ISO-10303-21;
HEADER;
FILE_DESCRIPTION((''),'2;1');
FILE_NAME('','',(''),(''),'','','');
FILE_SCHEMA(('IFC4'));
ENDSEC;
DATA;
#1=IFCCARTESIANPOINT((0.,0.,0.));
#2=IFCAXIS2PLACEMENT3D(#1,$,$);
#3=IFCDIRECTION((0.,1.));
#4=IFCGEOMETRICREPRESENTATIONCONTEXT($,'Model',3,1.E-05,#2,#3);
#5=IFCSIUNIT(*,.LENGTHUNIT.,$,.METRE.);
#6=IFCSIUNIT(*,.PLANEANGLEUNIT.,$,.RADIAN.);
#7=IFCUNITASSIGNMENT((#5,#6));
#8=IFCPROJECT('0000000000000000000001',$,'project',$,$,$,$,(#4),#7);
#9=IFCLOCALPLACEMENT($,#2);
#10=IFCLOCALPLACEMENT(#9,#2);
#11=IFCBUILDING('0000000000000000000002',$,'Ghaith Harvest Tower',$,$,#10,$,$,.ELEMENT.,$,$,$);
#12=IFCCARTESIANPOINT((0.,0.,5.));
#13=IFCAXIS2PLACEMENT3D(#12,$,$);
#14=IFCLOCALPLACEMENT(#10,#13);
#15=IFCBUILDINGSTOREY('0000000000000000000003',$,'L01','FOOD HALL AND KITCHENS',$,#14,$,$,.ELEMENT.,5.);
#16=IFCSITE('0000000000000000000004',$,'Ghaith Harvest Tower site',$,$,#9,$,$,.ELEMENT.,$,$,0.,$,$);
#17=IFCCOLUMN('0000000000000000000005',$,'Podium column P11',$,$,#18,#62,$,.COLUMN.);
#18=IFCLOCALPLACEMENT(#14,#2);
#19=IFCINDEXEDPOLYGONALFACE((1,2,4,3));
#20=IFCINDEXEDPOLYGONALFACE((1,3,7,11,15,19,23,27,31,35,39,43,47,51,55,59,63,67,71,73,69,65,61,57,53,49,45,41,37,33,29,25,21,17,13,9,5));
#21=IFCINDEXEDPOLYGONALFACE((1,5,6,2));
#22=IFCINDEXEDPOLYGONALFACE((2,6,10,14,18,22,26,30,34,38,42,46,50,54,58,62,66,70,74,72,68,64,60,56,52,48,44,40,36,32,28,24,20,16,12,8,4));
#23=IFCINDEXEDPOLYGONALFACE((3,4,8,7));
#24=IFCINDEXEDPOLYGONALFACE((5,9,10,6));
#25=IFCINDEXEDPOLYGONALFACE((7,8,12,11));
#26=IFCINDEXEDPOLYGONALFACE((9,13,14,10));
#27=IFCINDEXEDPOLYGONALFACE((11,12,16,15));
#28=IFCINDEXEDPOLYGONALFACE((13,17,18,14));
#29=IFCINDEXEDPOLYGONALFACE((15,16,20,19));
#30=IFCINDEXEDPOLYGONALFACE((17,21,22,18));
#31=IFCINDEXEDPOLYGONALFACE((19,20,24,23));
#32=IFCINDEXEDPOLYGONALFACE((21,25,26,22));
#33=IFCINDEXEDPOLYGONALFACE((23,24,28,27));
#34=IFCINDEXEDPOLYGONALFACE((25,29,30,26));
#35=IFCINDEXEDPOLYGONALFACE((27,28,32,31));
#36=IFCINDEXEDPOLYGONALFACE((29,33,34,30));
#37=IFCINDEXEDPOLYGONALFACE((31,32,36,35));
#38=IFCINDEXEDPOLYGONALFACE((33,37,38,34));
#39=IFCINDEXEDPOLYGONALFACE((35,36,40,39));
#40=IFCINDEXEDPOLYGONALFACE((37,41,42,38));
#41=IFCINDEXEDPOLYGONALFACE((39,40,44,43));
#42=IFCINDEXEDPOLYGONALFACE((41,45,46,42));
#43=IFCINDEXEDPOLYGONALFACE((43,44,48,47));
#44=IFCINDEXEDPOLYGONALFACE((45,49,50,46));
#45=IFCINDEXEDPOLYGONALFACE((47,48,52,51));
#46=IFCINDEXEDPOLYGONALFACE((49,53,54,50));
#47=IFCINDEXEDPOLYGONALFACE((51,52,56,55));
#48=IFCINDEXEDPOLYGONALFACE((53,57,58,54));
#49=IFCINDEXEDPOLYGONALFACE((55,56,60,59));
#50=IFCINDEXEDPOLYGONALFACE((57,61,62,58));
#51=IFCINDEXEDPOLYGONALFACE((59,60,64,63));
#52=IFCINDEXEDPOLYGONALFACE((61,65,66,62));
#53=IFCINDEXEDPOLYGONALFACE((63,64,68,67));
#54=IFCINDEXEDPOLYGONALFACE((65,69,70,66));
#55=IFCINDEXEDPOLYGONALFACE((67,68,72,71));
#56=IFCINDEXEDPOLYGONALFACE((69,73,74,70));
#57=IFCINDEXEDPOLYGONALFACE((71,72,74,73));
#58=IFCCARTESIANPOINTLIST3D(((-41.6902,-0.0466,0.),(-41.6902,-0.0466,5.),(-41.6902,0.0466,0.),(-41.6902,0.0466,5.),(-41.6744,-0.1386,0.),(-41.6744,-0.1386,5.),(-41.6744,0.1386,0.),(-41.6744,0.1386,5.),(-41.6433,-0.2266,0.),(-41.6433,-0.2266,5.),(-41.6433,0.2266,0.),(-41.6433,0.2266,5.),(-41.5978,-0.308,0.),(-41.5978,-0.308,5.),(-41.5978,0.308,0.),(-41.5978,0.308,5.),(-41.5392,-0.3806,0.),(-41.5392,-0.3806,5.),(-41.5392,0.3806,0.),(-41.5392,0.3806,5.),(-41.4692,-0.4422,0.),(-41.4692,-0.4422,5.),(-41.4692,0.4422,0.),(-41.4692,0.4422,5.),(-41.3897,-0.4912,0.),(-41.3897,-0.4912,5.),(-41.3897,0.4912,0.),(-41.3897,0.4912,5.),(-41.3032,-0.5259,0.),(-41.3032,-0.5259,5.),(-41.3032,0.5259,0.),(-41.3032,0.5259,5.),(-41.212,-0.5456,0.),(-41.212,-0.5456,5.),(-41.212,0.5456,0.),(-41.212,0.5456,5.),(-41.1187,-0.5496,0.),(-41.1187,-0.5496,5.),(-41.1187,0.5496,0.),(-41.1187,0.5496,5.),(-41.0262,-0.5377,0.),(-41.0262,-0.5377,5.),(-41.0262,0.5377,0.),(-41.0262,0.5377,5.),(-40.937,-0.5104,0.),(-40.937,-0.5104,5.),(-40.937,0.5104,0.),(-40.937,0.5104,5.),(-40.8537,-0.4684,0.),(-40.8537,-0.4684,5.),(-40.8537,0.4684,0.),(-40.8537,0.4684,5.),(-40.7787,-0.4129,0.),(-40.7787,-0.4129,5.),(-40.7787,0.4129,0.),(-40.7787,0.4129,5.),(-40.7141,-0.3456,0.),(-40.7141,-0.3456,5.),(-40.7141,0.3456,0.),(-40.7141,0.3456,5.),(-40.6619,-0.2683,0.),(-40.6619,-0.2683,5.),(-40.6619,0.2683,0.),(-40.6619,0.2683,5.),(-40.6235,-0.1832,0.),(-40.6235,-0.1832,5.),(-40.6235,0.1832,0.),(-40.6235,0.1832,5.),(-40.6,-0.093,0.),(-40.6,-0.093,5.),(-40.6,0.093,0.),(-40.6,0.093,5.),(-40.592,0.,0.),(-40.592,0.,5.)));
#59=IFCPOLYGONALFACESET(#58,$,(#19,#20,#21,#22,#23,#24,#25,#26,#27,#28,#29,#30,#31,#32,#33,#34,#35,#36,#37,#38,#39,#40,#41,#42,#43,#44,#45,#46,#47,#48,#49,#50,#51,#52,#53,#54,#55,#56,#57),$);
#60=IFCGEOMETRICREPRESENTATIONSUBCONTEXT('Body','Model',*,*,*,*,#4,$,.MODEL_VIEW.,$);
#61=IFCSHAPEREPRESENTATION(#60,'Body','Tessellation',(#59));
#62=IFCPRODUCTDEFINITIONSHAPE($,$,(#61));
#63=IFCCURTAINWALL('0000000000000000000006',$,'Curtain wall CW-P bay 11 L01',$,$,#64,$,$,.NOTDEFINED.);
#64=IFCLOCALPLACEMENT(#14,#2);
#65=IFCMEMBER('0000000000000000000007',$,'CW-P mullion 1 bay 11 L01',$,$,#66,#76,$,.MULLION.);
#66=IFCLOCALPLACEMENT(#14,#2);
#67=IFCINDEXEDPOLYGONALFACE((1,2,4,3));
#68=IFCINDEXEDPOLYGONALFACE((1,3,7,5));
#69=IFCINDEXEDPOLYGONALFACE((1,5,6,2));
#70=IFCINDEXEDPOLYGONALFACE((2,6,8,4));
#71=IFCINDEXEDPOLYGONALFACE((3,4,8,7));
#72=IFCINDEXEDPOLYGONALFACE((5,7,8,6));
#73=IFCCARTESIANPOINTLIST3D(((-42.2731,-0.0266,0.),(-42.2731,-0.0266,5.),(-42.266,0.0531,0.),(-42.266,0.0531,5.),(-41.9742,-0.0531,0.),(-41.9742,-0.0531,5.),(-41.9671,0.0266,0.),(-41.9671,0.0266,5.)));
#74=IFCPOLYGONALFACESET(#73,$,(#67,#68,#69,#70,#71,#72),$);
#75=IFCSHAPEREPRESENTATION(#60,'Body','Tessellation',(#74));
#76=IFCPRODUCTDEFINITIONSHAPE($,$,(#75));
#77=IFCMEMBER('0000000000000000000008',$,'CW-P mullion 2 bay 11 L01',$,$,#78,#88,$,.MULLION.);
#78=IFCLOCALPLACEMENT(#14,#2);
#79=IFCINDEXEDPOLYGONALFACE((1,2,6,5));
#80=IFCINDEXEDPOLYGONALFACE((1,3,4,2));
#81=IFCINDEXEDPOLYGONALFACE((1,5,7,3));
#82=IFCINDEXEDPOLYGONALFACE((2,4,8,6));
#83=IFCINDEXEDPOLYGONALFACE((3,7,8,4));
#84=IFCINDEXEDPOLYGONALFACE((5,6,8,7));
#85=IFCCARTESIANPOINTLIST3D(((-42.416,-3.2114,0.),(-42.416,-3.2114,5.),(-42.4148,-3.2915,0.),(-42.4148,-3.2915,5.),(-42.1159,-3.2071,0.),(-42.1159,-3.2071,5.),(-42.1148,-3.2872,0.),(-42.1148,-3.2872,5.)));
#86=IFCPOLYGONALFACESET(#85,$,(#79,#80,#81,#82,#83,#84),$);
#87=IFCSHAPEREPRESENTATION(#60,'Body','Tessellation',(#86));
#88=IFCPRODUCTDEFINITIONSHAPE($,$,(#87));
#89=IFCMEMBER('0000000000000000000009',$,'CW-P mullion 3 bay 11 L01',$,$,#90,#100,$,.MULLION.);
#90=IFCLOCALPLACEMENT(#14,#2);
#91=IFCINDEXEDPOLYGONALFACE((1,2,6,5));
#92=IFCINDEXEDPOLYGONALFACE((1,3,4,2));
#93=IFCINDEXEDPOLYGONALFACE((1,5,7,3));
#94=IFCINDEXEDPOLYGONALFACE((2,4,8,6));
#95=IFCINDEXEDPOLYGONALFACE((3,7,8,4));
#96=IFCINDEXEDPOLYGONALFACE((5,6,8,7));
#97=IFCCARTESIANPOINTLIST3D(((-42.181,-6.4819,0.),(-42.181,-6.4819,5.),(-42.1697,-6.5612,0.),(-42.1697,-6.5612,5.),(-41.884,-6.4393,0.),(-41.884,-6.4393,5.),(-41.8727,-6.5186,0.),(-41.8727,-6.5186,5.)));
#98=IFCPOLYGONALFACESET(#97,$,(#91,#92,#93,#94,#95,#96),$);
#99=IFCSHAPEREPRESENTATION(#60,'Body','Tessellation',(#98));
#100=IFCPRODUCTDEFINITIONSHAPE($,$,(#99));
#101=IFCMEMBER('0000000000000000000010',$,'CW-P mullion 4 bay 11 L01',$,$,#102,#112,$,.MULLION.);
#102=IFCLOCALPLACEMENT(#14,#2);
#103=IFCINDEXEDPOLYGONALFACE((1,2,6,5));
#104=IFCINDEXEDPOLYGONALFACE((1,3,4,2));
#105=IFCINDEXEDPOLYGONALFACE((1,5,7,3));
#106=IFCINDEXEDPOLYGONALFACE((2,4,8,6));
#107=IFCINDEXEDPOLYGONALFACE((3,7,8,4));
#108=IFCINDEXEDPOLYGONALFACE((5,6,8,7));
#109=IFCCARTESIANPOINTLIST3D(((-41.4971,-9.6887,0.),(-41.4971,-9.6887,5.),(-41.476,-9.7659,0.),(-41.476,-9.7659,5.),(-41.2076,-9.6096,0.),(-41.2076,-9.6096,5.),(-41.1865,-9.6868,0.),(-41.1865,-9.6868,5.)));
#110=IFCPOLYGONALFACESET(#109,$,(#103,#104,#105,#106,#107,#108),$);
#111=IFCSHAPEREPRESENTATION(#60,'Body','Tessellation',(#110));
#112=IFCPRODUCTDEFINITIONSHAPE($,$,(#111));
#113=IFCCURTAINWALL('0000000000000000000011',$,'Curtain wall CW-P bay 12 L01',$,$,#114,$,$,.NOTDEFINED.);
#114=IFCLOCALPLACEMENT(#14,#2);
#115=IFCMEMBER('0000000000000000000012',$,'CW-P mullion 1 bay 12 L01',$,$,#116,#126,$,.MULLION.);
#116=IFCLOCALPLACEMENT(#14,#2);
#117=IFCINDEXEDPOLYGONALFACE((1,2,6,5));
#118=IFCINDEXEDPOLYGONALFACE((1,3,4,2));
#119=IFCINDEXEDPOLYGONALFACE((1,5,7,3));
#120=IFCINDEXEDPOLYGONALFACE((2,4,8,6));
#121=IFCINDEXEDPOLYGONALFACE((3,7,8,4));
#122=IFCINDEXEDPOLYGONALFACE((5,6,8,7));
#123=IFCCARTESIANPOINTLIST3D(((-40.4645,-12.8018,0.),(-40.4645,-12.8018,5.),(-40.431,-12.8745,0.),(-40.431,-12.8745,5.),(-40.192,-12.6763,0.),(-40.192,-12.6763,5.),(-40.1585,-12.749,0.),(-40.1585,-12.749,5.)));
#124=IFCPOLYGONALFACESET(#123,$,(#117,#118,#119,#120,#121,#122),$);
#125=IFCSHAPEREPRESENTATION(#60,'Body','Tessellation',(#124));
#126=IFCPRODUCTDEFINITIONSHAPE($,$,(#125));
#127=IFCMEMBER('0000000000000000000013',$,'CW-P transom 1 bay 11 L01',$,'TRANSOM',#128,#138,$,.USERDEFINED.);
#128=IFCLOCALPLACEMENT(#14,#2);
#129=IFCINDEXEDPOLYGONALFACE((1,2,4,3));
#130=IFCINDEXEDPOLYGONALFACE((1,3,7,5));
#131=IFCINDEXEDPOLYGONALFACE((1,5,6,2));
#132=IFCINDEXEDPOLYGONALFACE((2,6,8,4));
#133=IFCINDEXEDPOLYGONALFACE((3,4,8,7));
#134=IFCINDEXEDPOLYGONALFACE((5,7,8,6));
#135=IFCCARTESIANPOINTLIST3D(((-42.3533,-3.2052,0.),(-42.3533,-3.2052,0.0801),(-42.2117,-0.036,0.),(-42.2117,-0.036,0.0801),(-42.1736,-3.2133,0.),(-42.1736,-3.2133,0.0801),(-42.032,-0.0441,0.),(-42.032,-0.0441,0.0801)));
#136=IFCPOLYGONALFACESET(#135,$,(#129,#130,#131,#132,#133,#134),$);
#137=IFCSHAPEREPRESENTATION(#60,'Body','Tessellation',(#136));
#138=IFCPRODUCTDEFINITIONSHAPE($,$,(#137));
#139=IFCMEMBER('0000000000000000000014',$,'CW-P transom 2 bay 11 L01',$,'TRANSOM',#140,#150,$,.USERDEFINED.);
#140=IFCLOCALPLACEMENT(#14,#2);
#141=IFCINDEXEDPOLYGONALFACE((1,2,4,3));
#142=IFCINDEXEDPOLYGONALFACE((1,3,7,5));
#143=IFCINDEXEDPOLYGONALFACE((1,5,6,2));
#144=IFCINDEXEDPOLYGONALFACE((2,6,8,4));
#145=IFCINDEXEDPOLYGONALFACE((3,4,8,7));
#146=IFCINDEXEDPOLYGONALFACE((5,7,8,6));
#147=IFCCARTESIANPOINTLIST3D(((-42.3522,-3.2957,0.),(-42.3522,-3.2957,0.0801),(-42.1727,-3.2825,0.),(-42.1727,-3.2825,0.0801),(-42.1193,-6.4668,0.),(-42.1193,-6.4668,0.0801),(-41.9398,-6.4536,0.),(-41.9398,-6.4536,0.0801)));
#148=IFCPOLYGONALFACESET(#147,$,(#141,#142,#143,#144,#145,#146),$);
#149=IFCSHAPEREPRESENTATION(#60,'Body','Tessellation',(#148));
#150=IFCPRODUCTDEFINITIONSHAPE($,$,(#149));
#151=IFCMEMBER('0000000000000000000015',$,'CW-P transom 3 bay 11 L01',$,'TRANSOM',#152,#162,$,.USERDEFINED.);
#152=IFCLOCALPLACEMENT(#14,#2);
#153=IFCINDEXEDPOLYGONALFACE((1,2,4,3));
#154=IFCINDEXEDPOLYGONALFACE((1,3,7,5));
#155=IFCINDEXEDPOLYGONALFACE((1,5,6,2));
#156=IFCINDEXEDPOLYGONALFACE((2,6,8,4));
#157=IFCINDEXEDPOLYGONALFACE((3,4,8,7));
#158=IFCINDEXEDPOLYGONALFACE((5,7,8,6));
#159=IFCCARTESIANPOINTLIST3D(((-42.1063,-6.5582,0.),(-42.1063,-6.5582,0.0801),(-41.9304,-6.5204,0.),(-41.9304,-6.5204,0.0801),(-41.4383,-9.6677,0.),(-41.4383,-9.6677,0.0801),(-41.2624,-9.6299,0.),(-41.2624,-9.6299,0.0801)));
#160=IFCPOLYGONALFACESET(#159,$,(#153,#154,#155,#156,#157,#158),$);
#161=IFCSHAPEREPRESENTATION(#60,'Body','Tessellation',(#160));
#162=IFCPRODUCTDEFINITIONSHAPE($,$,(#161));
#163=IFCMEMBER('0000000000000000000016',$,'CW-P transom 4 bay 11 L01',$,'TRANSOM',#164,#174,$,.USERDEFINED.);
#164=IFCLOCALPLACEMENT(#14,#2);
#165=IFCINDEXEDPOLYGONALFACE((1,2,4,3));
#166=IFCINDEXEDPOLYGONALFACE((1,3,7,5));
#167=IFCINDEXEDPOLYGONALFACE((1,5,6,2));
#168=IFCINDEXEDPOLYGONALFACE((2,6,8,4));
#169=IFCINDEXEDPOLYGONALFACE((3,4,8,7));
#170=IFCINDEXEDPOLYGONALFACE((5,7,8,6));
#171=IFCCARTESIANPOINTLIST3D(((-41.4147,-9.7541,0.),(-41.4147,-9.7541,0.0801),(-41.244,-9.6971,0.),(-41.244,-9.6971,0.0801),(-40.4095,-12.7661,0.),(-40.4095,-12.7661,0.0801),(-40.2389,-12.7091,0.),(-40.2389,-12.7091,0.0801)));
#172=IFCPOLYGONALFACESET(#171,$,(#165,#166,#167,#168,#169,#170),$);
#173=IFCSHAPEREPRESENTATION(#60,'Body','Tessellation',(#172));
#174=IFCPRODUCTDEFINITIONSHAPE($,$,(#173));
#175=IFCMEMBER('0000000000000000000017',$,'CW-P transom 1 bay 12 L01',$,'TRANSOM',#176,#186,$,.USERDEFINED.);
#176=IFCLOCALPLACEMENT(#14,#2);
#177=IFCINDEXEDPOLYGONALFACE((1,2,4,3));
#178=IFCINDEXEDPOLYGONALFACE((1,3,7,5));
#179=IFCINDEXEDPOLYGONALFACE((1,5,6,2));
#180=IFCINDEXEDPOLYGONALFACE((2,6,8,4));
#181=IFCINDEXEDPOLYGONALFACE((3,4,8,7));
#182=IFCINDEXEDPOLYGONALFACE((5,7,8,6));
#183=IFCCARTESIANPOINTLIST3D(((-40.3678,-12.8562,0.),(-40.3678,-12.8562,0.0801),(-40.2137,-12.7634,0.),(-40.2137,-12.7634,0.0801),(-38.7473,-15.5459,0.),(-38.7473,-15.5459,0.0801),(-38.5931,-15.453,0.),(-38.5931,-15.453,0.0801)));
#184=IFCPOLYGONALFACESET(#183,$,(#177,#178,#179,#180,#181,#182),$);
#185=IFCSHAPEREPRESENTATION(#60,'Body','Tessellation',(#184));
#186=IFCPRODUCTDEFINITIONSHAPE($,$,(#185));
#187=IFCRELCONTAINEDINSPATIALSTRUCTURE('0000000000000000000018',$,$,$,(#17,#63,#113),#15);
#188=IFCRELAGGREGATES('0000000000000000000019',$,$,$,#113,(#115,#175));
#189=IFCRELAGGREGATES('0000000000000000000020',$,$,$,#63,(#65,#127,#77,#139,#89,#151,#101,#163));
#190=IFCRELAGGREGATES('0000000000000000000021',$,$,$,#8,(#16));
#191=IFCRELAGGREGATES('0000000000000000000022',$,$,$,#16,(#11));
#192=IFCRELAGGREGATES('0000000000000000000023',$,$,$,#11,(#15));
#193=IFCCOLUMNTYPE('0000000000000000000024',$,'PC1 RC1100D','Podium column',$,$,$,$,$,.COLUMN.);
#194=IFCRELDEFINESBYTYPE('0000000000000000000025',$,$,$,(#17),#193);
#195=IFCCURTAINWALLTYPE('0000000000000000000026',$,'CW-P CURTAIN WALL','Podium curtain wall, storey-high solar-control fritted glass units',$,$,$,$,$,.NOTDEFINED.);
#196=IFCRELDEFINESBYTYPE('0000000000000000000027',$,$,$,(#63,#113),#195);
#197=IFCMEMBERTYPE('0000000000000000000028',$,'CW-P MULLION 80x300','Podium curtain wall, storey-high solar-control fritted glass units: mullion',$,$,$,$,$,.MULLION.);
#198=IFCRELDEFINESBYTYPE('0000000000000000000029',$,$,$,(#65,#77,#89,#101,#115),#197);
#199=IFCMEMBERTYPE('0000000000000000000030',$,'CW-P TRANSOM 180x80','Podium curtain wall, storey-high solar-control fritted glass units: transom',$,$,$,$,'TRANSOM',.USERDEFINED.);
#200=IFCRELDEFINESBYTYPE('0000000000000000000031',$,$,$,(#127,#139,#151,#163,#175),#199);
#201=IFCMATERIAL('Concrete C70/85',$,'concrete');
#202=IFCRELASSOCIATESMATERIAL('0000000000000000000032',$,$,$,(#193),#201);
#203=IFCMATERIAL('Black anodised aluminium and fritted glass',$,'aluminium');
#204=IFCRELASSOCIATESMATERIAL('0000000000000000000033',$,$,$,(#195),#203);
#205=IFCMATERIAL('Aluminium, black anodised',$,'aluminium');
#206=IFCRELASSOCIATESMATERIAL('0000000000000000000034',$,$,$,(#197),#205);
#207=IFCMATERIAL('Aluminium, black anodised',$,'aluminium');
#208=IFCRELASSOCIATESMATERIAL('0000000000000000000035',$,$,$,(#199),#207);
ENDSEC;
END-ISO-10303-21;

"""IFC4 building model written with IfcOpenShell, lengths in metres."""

from ifc_helpers import new_model, si_unit, direction, frame, origin, origin_2d, place, context, subcontext, project, spatial, rectangle, circle, extrude, material, material_profile, profile_set, type_object, element, aggregate, save


model = new_model("IFC4")

# Units and contexts
model_context = context("Model", 3, precision=1e-05, world=origin(), true_north=direction((0.0, 1.0)))
body_context = subcontext(model_context, "Body", "Model", "MODEL_VIEW")
ifc_project = project(units=[si_unit("LENGTHUNIT", "METRE"), si_unit("PLANEANGLEUNIT", "RADIAN")], contexts=[model_context])

# Site, building, storey
site_placement = place(None, origin())
site = spatial("IfcSite", under=ifc_project, at=site_placement, Name="Ghaith Harvest Tower site", CompositionType="ELEMENT", RefElevation=0.0)
building_placement = place(site_placement, origin())
building = spatial("IfcBuilding", under=site, at=building_placement, Name="Ghaith Harvest Tower", CompositionType="ELEMENT")
storey_placement = place(building_placement, frame((0.0, 0.0, 5.0)))
storey = spatial("IfcBuildingStorey", under=building, at=storey_placement, Name="L01", Description="FOOD HALL AND KITCHENS", CompositionType="ELEMENT", Elevation=5.0)

# Column
ifc_material_1 = material(Name="Concrete C70/85", Category="concrete")
ifc_material_profile_1 = material_profile(ifc_material_1, circle(Radius=0.55, at=origin_2d()), Name="RC1100D")
ifc_profile_set_1 = profile_set([ifc_material_profile_1], Name="Concrete C70/85")
column_type = type_object("IfcColumnType", Name="PC1 RC1100D", Description="Podium column", PredefinedType="COLUMN", material=ifc_profile_set_1)
column_placement = place(storey_placement, frame((-41.1421, 0.0, 0.0), z_axis=(0.0, 0.0, 1.0), x_axis=(1.0, 0.0, 0.0)))
element("IfcColumn", 1, at=column_placement, inside=storey, type_object=column_type, Name="Podium column P11", PredefinedType="COLUMN", context=body_context, shape_type="SweptSolid", body=[
    extrude(circle(Radius=0.55, at=origin_2d()), origin(), (0.0, 0.0, 1.0), 5.0),
])

# Curtain wall, members
ifc_material_2 = material(Name="Black anodised aluminium and fritted glass", Category="aluminium")
curtain_wall_type = type_object("IfcCurtainWallType", Name="CW-P CURTAIN WALL", Description="Podium curtain wall, storey-high solar-control fritted glass units", PredefinedType="NOTDEFINED", material=ifc_material_2)
curtain_wall_1_placement = place(storey_placement, origin())
curtain_wall_1 = element("IfcCurtainWall", 2, at=curtain_wall_1_placement, inside=storey, type_object=curtain_wall_type, Name="Curtain wall CW-P bay 11 L01", PredefinedType="NOTDEFINED")
ifc_material_3 = material(Name="Aluminium, black anodised", Category="aluminium")
ifc_material_profile_2 = material_profile(ifc_material_3, rectangle(XDim=0.0801, YDim=0.3, at=origin_2d()), Name="CW-P MULLION 80x300")
ifc_profile_set_2 = profile_set([ifc_material_profile_2], Name="Aluminium, black anodised")
member_type_1 = type_object("IfcMemberType", Name="CW-P MULLION 80x300", Description="Podium curtain wall, storey-high solar-control fritted glass units: mullion", PredefinedType="MULLION", material=ifc_profile_set_2)
member_1_placement = place(storey_placement, frame((-42.1201, 0.0, 0.0), z_axis=(0.0, 0.0, 1.0), x_axis=(-0.088431, -0.996082, 0.0)))
member_1 = element("IfcMember", 3, at=member_1_placement, type_object=member_type_1, Name="CW-P mullion 1 bay 11 L01", PredefinedType="MULLION", context=body_context, shape_type="SweptSolid", body=[
    extrude(rectangle(XDim=0.0801, YDim=0.3, at=origin_2d()), origin(), (0.0, 0.0, 1.0), 5.0),
])
member_2_placement = place(storey_placement, frame((-42.2654, -3.2493, 0.0), z_axis=(0.0, 0.0, 1.0), x_axis=(0.014347, -0.999897, 0.0)))
member_2 = element("IfcMember", 4, at=member_2_placement, type_object=member_type_1, Name="CW-P mullion 2 bay 11 L01", PredefinedType="MULLION", context=body_context, shape_type="SweptSolid", body=[
    extrude(rectangle(XDim=0.0801, YDim=0.3, at=origin_2d()), origin(), (0.0, 0.0, 1.0), 5.0),
])
member_3_placement = place(storey_placement, frame((-42.0269, -6.5002, 0.0), z_axis=(0.0, 0.0, 1.0), x_axis=(0.141968, -0.989871, 0.0)))
member_3 = element("IfcMember", 5, at=member_3_placement, type_object=member_type_1, Name="CW-P mullion 3 bay 11 L01", PredefinedType="MULLION", context=body_context, shape_type="SweptSolid", body=[
    extrude(rectangle(XDim=0.0801, YDim=0.3, at=origin_2d()), origin(), (0.0, 0.0, 1.0), 5.0),
])
member_4_placement = place(storey_placement, frame((-41.3418, -9.6877, 0.0), z_axis=(0.0, 0.0, 1.0), x_axis=(0.263667, -0.964614, 0.0)))
member_4 = element("IfcMember", 6, at=member_4_placement, type_object=member_type_1, Name="CW-P mullion 4 bay 11 L01", PredefinedType="MULLION", context=body_context, shape_type="SweptSolid", body=[
    extrude(rectangle(XDim=0.0801, YDim=0.3, at=origin_2d()), origin(), (0.0, 0.0, 1.0), 5.0),
])

# Curtain wall, member
curtain_wall_2_placement = place(storey_placement, origin())
curtain_wall_2 = element("IfcCurtainWall", 7, at=curtain_wall_2_placement, inside=storey, type_object=curtain_wall_type, Name="Curtain wall CW-P bay 12 L01", PredefinedType="NOTDEFINED")
member_5_placement = place(storey_placement, frame((-40.3115, -12.7754, 0.0), z_axis=(0.0, 0.0, 1.0), x_axis=(0.418322, -0.908299, 0.0)))
member_5 = element("IfcMember", 8, at=member_5_placement, type_object=member_type_1, Name="CW-P mullion 1 bay 12 L01", PredefinedType="MULLION", context=body_context, shape_type="SweptSolid", body=[
    extrude(rectangle(XDim=0.0801, YDim=0.3, at=origin_2d()), origin(), (0.0, 0.0, 1.0), 5.0),
])

# Members
ifc_material_4 = material(Name="Aluminium, black anodised", Category="aluminium")
ifc_material_profile_3 = material_profile(ifc_material_4, rectangle(XDim=0.1799, YDim=0.0801, at=origin_2d()), Name="CW-P TRANSOM 180x80")
ifc_profile_set_3 = profile_set([ifc_material_profile_3], Name="Aluminium, black anodised")
member_type_2 = type_object("IfcMemberType", Name="CW-P TRANSOM 180x80", Description="Podium curtain wall, storey-high solar-control fritted glass units: transom", ElementType="TRANSOM", PredefinedType="USERDEFINED", material=ifc_profile_set_3)
member_6_placement = place(storey_placement, frame((-42.1218, -0.04, 0.04), z_axis=(-0.044636, -0.999003, 0.0), x_axis=(0.999003, -0.044636, 0.0)))
member_6 = element("IfcMember", 9, at=member_6_placement, type_object=member_type_2, Name="CW-P transom 1 bay 11 L01", ObjectType="TRANSOM", PredefinedType="USERDEFINED", context=body_context, shape_type="SweptSolid", body=[
    extrude(rectangle(XDim=0.1799, YDim=0.0801, at=origin_2d()), origin(), (0.0, 0.0, 1.0), 3.1724),
])
member_7_placement = place(storey_placement, frame((-42.2625, -3.2891, 0.04), z_axis=(0.073249, -0.997314, 0.0), x_axis=(0.997314, 0.073249, 0.0)))
member_7 = element("IfcMember", 10, at=member_7_placement, type_object=member_type_2, Name="CW-P transom 2 bay 11 L01", ObjectType="TRANSOM", PredefinedType="USERDEFINED", context=body_context, shape_type="SweptSolid", body=[
    extrude(rectangle(XDim=0.1799, YDim=0.0801, at=origin_2d()), origin(), (0.0, 0.0, 1.0), 3.1797),
])
member_8_placement = place(storey_placement, frame((-42.0183, -6.5393, 0.04), z_axis=(0.210032, -0.977694, 0.0), x_axis=(0.977694, 0.210032, 0.0)))
member_8 = element("IfcMember", 11, at=member_8_placement, type_object=member_type_2, Name="CW-P transom 3 bay 11 L01", ObjectType="TRANSOM", PredefinedType="USERDEFINED", context=body_context, shape_type="SweptSolid", body=[
    extrude(rectangle(XDim=0.1799, YDim=0.0801, at=origin_2d()), origin(), (0.0, 0.0, 1.0), 3.1804),
])
member_9_placement = place(storey_placement, frame((-41.3293, -9.7256, 0.04), z_axis=(0.316551, -0.948576, 0.0), x_axis=(0.948576, 0.316551, 0.0)))
member_9 = element("IfcMember", 12, at=member_9_placement, type_object=member_type_2, Name="CW-P transom 4 bay 11 L01", ObjectType="TRANSOM", PredefinedType="USERDEFINED", context=body_context, shape_type="SweptSolid", body=[
    extrude(rectangle(XDim=0.1799, YDim=0.0801, at=origin_2d()), origin(), (0.0, 0.0, 1.0), 3.1753),
])
member_10_placement = place(storey_placement, frame((-40.2908, -12.8098, 0.04), z_axis=(0.516084, -0.856538, 0.0), x_axis=(0.856538, 0.516084, 0.0)))
member_10 = element("IfcMember", 13, at=member_10_placement, type_object=member_type_2, Name="CW-P transom 1 bay 12 L01", ObjectType="TRANSOM", PredefinedType="USERDEFINED", context=body_context, shape_type="SweptSolid", body=[
    extrude(rectangle(XDim=0.1799, YDim=0.0801, at=origin_2d()), origin(), (0.0, 0.0, 1.0), 3.1401),
])
aggregate(curtain_wall_2, [member_5, member_10])

aggregate(curtain_wall_1, [member_1, member_6, member_2, member_7, member_3, member_8, member_4, member_9])

save(model, "model.ifc")
